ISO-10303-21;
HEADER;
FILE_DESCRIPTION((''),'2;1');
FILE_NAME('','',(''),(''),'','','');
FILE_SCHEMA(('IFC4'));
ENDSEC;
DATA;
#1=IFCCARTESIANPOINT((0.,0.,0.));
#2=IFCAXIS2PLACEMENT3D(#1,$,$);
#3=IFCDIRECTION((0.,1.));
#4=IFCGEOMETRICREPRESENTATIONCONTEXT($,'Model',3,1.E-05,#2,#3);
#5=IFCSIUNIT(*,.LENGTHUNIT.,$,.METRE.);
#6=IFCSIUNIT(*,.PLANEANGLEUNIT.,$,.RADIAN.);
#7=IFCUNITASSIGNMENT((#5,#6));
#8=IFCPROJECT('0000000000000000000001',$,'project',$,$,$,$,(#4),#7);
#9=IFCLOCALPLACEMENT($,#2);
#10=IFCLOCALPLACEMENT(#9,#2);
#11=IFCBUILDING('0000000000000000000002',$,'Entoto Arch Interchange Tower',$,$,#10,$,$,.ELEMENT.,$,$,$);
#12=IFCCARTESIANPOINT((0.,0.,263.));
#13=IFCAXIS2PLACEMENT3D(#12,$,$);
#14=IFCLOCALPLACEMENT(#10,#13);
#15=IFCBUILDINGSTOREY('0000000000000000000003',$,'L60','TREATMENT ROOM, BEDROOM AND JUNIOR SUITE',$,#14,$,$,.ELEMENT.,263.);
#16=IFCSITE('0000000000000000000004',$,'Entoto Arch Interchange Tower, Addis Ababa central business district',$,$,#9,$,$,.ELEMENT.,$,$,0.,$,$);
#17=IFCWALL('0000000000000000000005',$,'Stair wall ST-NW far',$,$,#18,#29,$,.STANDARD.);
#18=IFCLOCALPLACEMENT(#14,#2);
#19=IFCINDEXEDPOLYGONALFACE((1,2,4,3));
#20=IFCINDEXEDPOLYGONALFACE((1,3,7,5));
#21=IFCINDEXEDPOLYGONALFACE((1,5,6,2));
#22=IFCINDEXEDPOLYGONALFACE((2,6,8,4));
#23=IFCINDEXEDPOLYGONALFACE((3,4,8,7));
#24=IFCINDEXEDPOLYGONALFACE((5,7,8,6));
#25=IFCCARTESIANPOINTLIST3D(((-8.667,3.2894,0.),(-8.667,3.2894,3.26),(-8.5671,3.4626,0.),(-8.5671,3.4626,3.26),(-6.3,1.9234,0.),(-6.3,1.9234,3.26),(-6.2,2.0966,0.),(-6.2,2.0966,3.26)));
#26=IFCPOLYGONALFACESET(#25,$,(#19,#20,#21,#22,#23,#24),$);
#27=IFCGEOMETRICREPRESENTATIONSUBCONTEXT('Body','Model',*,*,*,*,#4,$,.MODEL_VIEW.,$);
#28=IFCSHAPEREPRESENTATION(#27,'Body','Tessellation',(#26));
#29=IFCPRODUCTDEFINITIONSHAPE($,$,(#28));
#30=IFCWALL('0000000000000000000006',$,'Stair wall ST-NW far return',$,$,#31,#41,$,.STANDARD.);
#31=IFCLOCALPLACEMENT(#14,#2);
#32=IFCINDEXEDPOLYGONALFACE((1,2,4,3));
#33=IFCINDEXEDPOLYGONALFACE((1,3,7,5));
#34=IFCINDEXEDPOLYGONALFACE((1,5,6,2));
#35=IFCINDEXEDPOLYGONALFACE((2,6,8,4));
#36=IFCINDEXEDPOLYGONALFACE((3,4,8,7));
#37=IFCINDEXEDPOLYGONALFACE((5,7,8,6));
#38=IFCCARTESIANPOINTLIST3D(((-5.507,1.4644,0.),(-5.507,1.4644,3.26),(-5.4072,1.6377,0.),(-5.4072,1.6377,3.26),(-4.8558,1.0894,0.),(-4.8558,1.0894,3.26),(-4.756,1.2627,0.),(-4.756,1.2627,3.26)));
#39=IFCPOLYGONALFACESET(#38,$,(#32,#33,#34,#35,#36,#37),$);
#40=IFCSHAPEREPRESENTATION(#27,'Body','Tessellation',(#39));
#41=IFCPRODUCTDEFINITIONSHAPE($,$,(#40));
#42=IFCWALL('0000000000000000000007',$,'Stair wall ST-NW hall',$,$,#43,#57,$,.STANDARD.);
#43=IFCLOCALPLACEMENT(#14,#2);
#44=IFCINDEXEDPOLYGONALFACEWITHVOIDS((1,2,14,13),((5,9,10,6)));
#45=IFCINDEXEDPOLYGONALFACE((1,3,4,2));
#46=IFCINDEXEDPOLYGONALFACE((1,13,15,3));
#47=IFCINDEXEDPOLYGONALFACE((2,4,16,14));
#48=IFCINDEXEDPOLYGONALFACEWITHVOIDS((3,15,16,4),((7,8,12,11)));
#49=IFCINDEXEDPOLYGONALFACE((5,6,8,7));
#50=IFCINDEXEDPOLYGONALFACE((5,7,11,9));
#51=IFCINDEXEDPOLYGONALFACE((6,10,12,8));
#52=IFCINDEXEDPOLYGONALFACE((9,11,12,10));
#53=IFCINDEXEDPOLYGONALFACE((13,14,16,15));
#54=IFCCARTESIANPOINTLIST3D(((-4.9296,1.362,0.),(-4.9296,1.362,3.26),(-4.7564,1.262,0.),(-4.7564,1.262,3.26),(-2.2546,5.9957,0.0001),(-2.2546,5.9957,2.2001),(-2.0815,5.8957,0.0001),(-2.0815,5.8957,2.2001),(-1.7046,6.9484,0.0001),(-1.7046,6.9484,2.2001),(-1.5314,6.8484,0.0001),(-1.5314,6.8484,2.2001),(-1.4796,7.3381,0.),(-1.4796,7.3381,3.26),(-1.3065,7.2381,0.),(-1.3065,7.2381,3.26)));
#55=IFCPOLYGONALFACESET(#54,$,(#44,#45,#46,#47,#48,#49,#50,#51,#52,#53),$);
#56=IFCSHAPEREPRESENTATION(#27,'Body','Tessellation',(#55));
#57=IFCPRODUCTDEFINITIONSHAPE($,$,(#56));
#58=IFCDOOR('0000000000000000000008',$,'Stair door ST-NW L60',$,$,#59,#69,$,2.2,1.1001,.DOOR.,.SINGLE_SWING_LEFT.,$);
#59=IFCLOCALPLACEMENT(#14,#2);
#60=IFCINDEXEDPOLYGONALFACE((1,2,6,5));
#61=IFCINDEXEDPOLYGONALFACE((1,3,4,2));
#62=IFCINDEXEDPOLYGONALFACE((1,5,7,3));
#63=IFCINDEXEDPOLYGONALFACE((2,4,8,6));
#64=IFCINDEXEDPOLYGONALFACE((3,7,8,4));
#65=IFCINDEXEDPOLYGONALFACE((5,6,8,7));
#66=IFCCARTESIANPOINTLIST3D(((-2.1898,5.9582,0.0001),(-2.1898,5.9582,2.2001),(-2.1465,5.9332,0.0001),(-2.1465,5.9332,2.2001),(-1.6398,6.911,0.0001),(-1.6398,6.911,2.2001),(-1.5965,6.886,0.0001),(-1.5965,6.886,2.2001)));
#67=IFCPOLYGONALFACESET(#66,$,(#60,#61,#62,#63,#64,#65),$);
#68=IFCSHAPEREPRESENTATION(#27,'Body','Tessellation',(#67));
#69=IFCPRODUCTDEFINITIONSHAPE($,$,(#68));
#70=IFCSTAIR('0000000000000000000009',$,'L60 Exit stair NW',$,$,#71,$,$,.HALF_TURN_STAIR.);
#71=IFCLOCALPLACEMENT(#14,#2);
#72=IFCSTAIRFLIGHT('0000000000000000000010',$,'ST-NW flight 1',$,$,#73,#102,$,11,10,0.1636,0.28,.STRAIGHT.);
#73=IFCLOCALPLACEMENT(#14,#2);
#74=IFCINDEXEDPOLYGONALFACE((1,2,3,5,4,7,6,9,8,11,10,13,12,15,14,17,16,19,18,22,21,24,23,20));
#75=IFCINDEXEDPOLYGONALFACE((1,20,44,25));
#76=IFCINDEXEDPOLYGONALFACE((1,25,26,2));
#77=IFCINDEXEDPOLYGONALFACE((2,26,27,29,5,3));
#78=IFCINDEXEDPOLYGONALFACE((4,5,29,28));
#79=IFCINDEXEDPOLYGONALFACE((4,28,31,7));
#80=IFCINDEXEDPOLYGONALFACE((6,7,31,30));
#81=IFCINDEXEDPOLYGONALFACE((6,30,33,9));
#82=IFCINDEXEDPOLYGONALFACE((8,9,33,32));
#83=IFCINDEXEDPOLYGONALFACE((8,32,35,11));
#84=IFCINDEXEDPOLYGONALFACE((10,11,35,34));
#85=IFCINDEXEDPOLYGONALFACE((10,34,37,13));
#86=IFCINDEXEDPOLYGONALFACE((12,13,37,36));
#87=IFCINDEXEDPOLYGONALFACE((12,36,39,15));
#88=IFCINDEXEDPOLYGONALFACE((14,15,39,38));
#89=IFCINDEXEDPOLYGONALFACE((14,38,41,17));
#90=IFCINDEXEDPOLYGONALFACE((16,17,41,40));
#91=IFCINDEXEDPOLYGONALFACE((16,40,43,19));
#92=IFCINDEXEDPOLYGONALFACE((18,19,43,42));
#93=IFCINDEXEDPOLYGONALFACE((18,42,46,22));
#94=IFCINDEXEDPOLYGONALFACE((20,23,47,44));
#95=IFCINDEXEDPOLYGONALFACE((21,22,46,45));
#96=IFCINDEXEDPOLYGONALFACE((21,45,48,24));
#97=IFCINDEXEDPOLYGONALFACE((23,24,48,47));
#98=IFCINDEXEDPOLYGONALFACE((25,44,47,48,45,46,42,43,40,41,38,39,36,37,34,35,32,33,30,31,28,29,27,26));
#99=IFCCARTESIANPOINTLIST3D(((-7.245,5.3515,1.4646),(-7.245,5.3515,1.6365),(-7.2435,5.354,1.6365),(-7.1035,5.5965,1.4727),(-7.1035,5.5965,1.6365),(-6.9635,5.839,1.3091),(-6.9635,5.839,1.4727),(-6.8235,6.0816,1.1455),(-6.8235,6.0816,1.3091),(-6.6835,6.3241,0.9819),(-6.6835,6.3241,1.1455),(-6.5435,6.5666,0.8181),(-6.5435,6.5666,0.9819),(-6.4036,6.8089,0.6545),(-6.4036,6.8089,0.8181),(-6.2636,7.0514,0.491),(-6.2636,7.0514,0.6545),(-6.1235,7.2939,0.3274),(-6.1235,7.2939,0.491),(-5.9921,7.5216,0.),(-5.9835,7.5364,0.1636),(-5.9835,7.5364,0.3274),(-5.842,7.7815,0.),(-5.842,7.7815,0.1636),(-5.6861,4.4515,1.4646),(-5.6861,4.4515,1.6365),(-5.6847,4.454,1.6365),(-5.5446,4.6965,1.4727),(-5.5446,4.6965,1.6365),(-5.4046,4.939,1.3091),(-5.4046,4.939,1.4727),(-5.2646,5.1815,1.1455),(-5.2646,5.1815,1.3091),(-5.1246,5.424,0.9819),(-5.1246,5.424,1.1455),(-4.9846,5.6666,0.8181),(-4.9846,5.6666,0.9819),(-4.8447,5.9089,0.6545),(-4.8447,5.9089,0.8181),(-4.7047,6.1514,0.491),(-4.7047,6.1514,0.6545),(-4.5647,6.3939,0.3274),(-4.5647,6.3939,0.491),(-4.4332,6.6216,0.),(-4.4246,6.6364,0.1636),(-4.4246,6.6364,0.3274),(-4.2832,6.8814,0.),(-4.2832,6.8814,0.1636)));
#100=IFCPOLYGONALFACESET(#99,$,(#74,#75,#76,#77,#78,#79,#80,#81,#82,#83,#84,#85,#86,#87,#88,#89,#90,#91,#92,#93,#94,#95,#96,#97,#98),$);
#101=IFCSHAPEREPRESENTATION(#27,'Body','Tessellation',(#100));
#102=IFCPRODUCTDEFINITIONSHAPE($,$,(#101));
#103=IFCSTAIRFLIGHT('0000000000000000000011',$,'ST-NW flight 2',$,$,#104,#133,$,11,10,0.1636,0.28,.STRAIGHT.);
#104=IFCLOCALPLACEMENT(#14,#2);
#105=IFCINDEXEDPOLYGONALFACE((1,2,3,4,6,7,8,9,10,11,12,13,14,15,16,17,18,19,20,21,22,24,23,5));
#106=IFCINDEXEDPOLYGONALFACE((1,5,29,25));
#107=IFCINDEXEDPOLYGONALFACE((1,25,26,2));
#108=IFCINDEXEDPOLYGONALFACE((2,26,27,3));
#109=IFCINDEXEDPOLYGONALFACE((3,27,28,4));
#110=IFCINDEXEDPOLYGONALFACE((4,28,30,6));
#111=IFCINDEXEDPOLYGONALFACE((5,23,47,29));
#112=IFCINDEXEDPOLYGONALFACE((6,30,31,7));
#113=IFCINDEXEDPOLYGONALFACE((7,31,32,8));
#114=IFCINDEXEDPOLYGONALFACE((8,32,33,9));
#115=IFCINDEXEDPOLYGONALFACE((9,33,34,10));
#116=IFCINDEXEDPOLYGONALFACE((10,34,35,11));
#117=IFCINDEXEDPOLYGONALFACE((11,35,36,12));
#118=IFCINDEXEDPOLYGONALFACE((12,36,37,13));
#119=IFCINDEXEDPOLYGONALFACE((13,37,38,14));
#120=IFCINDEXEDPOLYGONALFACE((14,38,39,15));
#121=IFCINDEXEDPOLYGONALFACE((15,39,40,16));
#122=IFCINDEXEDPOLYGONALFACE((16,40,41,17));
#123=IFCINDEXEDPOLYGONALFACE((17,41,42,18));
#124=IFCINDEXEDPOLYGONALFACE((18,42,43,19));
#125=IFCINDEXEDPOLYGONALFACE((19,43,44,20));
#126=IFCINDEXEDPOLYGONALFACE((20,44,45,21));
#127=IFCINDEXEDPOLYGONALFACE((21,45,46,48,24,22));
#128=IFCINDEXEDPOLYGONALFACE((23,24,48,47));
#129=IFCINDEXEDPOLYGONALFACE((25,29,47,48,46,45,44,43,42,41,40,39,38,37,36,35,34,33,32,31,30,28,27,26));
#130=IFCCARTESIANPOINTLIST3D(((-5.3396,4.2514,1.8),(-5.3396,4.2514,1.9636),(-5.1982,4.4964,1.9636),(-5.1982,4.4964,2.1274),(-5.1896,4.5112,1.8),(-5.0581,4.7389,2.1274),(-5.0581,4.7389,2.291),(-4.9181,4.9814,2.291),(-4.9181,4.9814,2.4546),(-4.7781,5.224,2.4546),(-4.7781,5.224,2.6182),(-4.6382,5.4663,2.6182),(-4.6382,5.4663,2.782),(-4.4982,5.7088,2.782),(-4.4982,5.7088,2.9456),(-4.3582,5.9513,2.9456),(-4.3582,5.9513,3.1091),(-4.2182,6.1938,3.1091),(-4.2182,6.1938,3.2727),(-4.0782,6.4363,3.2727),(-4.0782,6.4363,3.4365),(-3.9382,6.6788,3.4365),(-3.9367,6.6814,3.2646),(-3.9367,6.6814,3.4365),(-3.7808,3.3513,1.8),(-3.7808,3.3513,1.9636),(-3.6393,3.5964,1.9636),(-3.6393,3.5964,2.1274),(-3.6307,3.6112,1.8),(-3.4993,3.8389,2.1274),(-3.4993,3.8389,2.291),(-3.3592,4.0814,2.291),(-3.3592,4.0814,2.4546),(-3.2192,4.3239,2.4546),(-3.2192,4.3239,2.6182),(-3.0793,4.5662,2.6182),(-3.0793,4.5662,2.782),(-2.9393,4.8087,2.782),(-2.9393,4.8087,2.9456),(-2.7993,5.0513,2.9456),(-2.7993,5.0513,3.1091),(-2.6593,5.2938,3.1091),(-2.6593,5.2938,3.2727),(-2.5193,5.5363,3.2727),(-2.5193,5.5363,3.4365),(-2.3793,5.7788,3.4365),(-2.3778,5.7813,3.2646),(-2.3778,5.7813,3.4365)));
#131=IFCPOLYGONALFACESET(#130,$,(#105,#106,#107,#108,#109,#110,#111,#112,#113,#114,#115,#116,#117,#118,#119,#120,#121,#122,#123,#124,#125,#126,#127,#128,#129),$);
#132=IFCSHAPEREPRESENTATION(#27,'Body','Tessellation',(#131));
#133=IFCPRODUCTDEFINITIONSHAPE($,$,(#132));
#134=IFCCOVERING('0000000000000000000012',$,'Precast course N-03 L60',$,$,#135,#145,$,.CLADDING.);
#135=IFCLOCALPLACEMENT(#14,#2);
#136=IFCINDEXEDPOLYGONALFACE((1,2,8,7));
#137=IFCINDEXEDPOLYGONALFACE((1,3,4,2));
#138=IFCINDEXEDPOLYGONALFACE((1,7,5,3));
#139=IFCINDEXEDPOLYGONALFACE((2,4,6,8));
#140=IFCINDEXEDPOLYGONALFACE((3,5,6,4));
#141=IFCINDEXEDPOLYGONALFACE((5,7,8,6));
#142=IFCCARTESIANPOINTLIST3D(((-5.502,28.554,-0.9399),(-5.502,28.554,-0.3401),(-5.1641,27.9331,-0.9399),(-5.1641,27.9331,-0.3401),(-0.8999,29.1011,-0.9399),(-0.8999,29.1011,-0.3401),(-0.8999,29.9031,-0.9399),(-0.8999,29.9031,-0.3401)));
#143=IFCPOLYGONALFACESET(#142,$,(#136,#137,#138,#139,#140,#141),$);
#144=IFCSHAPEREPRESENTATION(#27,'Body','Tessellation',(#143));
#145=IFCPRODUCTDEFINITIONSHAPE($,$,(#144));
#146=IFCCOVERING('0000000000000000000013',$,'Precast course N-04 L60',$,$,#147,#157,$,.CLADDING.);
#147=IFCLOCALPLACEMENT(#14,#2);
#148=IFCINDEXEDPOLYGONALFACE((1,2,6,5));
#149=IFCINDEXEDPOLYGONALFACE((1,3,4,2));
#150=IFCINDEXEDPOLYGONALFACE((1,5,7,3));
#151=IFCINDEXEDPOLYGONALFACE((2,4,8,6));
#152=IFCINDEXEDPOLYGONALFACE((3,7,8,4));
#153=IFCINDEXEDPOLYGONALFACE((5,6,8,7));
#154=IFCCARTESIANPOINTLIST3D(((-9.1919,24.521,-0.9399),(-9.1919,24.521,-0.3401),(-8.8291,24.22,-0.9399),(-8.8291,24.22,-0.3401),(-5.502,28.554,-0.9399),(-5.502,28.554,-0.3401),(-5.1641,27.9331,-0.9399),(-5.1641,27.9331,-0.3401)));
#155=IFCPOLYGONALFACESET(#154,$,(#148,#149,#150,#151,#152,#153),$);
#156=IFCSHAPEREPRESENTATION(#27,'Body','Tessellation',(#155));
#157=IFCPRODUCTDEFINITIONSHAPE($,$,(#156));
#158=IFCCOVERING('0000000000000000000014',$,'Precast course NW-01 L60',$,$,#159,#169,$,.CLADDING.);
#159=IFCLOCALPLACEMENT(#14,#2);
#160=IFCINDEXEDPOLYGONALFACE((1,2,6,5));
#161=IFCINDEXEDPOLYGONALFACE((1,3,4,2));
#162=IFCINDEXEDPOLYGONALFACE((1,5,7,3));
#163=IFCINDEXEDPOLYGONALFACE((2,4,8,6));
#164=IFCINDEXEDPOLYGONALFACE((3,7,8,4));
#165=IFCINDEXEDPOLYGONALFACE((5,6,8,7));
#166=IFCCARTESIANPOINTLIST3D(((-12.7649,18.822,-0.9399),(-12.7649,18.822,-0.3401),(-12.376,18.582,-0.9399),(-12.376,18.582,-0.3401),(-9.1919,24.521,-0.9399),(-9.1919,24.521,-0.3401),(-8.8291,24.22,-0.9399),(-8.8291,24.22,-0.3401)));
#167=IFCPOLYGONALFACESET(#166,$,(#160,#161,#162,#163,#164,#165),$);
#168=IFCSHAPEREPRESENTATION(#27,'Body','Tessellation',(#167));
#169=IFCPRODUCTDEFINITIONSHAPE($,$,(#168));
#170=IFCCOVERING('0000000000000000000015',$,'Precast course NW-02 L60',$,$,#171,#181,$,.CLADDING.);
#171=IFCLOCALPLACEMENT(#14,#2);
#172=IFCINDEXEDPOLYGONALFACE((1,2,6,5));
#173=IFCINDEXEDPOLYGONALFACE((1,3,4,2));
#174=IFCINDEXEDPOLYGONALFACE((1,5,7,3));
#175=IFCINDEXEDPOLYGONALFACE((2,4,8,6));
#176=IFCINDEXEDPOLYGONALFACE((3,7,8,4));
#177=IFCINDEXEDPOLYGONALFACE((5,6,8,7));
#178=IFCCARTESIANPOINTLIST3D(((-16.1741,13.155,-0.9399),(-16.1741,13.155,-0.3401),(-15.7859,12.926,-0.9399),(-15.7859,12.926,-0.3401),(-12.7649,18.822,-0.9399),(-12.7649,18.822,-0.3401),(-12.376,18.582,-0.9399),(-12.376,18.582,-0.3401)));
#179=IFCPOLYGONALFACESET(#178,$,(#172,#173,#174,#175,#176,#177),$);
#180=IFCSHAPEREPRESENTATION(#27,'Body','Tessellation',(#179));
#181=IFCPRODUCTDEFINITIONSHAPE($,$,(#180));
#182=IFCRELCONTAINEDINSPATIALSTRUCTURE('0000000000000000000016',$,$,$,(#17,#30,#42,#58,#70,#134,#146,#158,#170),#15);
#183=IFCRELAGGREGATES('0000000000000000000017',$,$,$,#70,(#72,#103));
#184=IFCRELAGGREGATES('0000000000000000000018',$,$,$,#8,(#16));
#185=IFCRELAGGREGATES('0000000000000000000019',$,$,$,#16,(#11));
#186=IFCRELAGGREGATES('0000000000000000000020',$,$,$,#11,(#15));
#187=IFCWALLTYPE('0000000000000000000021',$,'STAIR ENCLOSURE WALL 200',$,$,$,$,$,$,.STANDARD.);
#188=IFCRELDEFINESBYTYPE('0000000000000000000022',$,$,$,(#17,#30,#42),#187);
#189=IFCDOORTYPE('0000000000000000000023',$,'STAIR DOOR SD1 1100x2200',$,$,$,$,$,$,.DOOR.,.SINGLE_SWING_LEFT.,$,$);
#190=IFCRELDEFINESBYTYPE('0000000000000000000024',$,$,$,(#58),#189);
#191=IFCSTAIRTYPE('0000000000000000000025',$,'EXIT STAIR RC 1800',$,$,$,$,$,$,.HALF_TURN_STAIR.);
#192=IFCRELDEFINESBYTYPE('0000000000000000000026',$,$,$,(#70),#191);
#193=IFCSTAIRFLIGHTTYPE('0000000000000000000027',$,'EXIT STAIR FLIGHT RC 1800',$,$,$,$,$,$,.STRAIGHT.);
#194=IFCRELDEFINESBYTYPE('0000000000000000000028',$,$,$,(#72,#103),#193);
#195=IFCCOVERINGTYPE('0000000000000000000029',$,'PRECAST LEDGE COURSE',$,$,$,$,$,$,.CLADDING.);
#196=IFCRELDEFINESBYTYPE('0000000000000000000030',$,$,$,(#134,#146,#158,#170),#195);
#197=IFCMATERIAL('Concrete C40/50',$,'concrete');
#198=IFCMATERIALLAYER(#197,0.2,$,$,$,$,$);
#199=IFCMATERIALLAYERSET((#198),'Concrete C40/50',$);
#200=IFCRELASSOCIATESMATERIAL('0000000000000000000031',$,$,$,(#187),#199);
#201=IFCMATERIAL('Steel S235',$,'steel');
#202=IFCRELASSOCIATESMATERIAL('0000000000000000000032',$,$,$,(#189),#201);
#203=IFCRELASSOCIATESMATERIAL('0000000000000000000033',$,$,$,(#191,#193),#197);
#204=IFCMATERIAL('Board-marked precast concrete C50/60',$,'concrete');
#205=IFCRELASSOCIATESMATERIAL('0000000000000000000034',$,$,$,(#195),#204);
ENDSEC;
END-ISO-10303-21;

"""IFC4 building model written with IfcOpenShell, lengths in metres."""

from ifc_helpers import new_model, si_unit, direction, frame, frame_2d, origin, place, context, subcontext, project, spatial, polyline, rectangle, outline, extrude, material, layer, layer_set, type_object, element, fill, aggregate, save


model = new_model("IFC4")

# Units and contexts
model_context = context("Model", 3, precision=1e-05, world=origin(), true_north=direction((0.0, 1.0)))
body_context = subcontext(model_context, "Body", "Model", "MODEL_VIEW")
ifc_project = project(units=[si_unit("LENGTHUNIT", "METRE"), si_unit("PLANEANGLEUNIT", "RADIAN")], contexts=[model_context])

# Site, building, storey
site_placement = place(None, origin())
site = spatial("IfcSite", under=ifc_project, at=site_placement, Name="Entoto Arch Interchange Tower, Addis Ababa central business district", CompositionType="ELEMENT", RefElevation=0.0)
building_placement = place(site_placement, origin())
building = spatial("IfcBuilding", under=site, at=building_placement, Name="Entoto Arch Interchange Tower", CompositionType="ELEMENT")
storey_placement = place(building_placement, frame((0.0, 0.0, 263.0)))
storey = spatial("IfcBuildingStorey", under=building, at=storey_placement, Name="L60", Description="TREATMENT ROOM, BEDROOM AND JUNIOR SUITE", CompositionType="ELEMENT", Elevation=263.0)

# Shared definitions
ifc_material_1 = material(Name="Concrete C40/50", Category="concrete")

# Shared definitions
ifc_layer_1 = layer(ifc_material_1, 0.2)
ifc_layer_set_1 = layer_set([ifc_layer_1], Name="Concrete C40/50")
wall_type_1 = type_object("IfcWallType", Name="STAIR ENCLOSURE WALL 200", PredefinedType="STANDARD", material=ifc_layer_set_1)
ifc_material_2 = material(Name="Steel S235", Category="steel")
door_type_1 = type_object("IfcDoorType", Name="STAIR DOOR SD1 1100x2200", OperationType="SINGLE_SWING_LEFT", PredefinedType="DOOR", material=ifc_material_2)

# Walls
wall_1_placement = place(storey_placement, frame((-6.25, 2.01, 0.0), z_axis=(0.0, 0.0, 1.0), x_axis=(-0.866119, 0.499838, 0.0)))
element("IfcWall", 1, at=wall_1_placement, inside=storey, type_object=wall_type_1, Name="Stair wall ST-NW far", PredefinedType="STANDARD", context=body_context, shape_type="SweptSolid", body=[
    extrude(rectangle(XDim=2.7329, YDim=0.2, at=frame_2d((1.3665, 0.0))), origin(), (0.0, 0.0, 1.0), 3.26),
])
wall_2_placement = place(storey_placement, frame((-4.8059, 1.176, 0.0), z_axis=(0.0, 0.0, 1.0), x_axis=(-0.866559, 0.499075, 0.0)))
element("IfcWall", 2, at=wall_2_placement, inside=storey, type_object=wall_type_1, Name="Stair wall ST-NW far return", PredefinedType="STANDARD", context=body_context, shape_type="SweptSolid", body=[
    extrude(rectangle(XDim=0.7515, YDim=0.2, at=frame_2d((0.3757, 0.0))), origin(), (0.0, 0.0, 1.0), 3.26),
])

# Wall, opening, door
wall_3_placement = place(storey_placement, frame((-1.3931, 7.2881, 0.0), z_axis=(0.0, 0.0, 1.0), x_axis=(-0.499963, -0.866047, 0.0)))
wall_3 = element("IfcWall", 3, at=wall_3_placement, inside=storey, type_object=wall_type_1, Name="Stair wall ST-NW hall", PredefinedType="STANDARD", context=body_context, shape_type="SweptSolid", body=[
    extrude(rectangle(XDim=6.9004, YDim=0.2, at=frame_2d((3.4502, 0.0))), origin(), (0.0, 0.0, 1.0), 3.26),
])
opening_1_placement = place(wall_3_placement, frame((0.45, 0.0, 0.0)))
opening_1 = element("IfcOpeningElement", 4, at=opening_1_placement, cuts=wall_3, PredefinedType="OPENING", context=body_context, shape_type="SweptSolid", body=[
    extrude(rectangle(XDim=1.1001, YDim=2.2, at=frame_2d((0.55, 1.1001))), frame((0.0, 0.1099, 0.0), z_axis=(0.0, -1.0, 0.0), x_axis=(1.0, 0.0, 0.0)), (0.0, 0.0, 1.0), 0.22),
])
door_1_placement = place(opening_1_placement, origin())
door_1 = element("IfcDoor", 5, at=door_1_placement, inside=storey, type_object=door_type_1, Name="Stair door ST-NW L60", OperationType="SINGLE_SWING_LEFT", OverallHeight=2.2, OverallWidth=1.1001, PredefinedType="DOOR", context=body_context, shape_type="SweptSolid", body=[
    extrude(rectangle(XDim=1.1001, YDim=2.2, at=frame_2d((0.55, 1.1001))), frame((0.0, 0.0249, 0.0), z_axis=(0.0, -1.0, 0.0), x_axis=(1.0, 0.0, 0.0)), (0.0, 0.0, 1.0), 0.05),
])
fill(opening_1, door_1)

# Stair, stair flights
stair_type = type_object("IfcStairType", Name="EXIT STAIR RC 1800", PredefinedType="HALF_TURN_STAIR", material=ifc_material_1)
stair_placement = place(storey_placement, origin())
stair = element("IfcStair", 6, at=stair_placement, inside=storey, type_object=stair_type, Name="L60 Exit stair NW", PredefinedType="HALF_TURN_STAIR")
stair_flight_type = type_object("IfcStairFlightType", Name="EXIT STAIR FLIGHT RC 1800", PredefinedType="STRAIGHT", material=ifc_material_1)
stair_flight_1_placement = place(storey_placement, frame((-5.064, 7.3289, 0.0), z_axis=(0.0, 0.0, 1.0), x_axis=(-0.5, -0.866025, 0.0)))
stair_flight_1 = element("IfcStairFlight", 7, at=stair_flight_1_placement, type_object=stair_flight_type, Name="ST-NW flight 1", NumberOfRisers=11, NumberOfTreads=10, PredefinedType="STRAIGHT", RiserHeight=0.1636, TreadLength=0.28, context=body_context, shape_type="SweptSolid", body=[
    extrude(outline(polyline([(-0.0029, 0.0), (-0.0029, 0.1636), (0.28, 0.1636), (0.28, 0.3274), (0.5601, 0.3274), (0.5601, 0.491), (0.8401, 0.491), (0.8401, 0.6545), (1.1201, 0.6545), (1.1201, 0.8181), (1.3999, 0.8181), (1.3999, 0.9819), (1.6799, 0.9819), (1.6799, 1.1455), (1.96, 1.1455), (1.96, 1.3091), (2.24, 1.3091), (2.24, 1.4727), (2.52, 1.4727), (2.52, 1.6365), (2.8, 1.6365), (2.803, 1.6365), (2.803, 1.4646), (0.2971, 0.0), (-0.0029, 0.0)])), frame((0.0, 0.8999, 0.0), z_axis=(0.0, -1.0, 0.0), x_axis=(1.0, 0.0, 0.0)), (0.0, 0.0, 1.0), 1.8),
])
stair_flight_2_placement = place(storey_placement, frame((-4.5588, 3.804, 1.8), z_axis=(0.0, 0.0, 1.0), x_axis=(0.5, 0.866025, 0.0)))
stair_flight_2 = element("IfcStairFlight", 8, at=stair_flight_2_placement, type_object=stair_flight_type, Name="ST-NW flight 2", NumberOfRisers=11, NumberOfTreads=10, PredefinedType="STRAIGHT", RiserHeight=0.1636, TreadLength=0.28, context=body_context, shape_type="SweptSolid", body=[
    extrude(outline(polyline([(-0.0029, 0.0), (-0.0029, 0.1636), (0.28, 0.1636), (0.28, 0.3274), (0.5601, 0.3274), (0.5601, 0.491), (0.8401, 0.491), (0.8401, 0.6545), (1.1201, 0.6545), (1.1201, 0.8181), (1.3999, 0.8181), (1.3999, 0.9819), (1.6799, 0.9819), (1.6799, 1.1455), (1.96, 1.1455), (1.96, 1.3091), (2.24, 1.3091), (2.24, 1.4727), (2.52, 1.4727), (2.52, 1.6365), (2.8, 1.6365), (2.803, 1.6365), (2.803, 1.4646), (0.2971, 0.0), (-0.0029, 0.0)])), frame((0.0, 0.8999, 0.0), z_axis=(0.0, -1.0, 0.0), x_axis=(1.0, 0.0, 0.0)), (0.0, 0.0, 1.0), 1.8),
])
aggregate(stair, [stair_flight_1, stair_flight_2])

# Coverings
ifc_material_3 = material(Name="Board-marked precast concrete C50/60", Category="concrete")
covering_type = type_object("IfcCoveringType", Name="PRECAST LEDGE COURSE", PredefinedType="CLADDING", material=ifc_material_3)
covering_1_placement = place(storey_placement, frame((0.0, 0.0, -0.9399)))
element("IfcCovering", 9, at=covering_1_placement, inside=storey, type_object=covering_type, Name="Precast course N-03 L60", PredefinedType="CLADDING", context=body_context, shape_type="SweptSolid", body=[
    extrude(outline(polyline([(-5.1641, 27.9331), (-5.502, 28.554), (-0.8999, 29.9031), (-0.8999, 29.1011), (-5.1641, 27.9331)])), origin(), (0.0, 0.0, 1.0), 0.5999),
])
covering_2_placement = place(storey_placement, frame((0.0, 0.0, -0.9399)))
element("IfcCovering", 10, at=covering_2_placement, inside=storey, type_object=covering_type, Name="Precast course N-04 L60", PredefinedType="CLADDING", context=body_context, shape_type="SweptSolid", body=[
    extrude(outline(polyline([(-8.8291, 24.22), (-9.1919, 24.521), (-5.502, 28.554), (-5.1641, 27.9331), (-8.8291, 24.22)])), origin(), (0.0, 0.0, 1.0), 0.5999),
])
covering_3_placement = place(storey_placement, frame((0.0, 0.0, -0.9399)))
element("IfcCovering", 11, at=covering_3_placement, inside=storey, type_object=covering_type, Name="Precast course NW-01 L60", PredefinedType="CLADDING", context=body_context, shape_type="SweptSolid", body=[
    extrude(outline(polyline([(-12.376, 18.582), (-12.7649, 18.822), (-9.1919, 24.521), (-8.8291, 24.22), (-12.376, 18.582)])), origin(), (0.0, 0.0, 1.0), 0.5999),
])
covering_4_placement = place(storey_placement, frame((0.0, 0.0, -0.9399)))
element("IfcCovering", 12, at=covering_4_placement, inside=storey, type_object=covering_type, Name="Precast course NW-02 L60", PredefinedType="CLADDING", context=body_context, shape_type="SweptSolid", body=[
    extrude(outline(polyline([(-15.7859, 12.926), (-16.1741, 13.155), (-12.7649, 18.822), (-12.376, 18.582), (-15.7859, 12.926)])), origin(), (0.0, 0.0, 1.0), 0.5999),
])

save(model, "model.ifc")
